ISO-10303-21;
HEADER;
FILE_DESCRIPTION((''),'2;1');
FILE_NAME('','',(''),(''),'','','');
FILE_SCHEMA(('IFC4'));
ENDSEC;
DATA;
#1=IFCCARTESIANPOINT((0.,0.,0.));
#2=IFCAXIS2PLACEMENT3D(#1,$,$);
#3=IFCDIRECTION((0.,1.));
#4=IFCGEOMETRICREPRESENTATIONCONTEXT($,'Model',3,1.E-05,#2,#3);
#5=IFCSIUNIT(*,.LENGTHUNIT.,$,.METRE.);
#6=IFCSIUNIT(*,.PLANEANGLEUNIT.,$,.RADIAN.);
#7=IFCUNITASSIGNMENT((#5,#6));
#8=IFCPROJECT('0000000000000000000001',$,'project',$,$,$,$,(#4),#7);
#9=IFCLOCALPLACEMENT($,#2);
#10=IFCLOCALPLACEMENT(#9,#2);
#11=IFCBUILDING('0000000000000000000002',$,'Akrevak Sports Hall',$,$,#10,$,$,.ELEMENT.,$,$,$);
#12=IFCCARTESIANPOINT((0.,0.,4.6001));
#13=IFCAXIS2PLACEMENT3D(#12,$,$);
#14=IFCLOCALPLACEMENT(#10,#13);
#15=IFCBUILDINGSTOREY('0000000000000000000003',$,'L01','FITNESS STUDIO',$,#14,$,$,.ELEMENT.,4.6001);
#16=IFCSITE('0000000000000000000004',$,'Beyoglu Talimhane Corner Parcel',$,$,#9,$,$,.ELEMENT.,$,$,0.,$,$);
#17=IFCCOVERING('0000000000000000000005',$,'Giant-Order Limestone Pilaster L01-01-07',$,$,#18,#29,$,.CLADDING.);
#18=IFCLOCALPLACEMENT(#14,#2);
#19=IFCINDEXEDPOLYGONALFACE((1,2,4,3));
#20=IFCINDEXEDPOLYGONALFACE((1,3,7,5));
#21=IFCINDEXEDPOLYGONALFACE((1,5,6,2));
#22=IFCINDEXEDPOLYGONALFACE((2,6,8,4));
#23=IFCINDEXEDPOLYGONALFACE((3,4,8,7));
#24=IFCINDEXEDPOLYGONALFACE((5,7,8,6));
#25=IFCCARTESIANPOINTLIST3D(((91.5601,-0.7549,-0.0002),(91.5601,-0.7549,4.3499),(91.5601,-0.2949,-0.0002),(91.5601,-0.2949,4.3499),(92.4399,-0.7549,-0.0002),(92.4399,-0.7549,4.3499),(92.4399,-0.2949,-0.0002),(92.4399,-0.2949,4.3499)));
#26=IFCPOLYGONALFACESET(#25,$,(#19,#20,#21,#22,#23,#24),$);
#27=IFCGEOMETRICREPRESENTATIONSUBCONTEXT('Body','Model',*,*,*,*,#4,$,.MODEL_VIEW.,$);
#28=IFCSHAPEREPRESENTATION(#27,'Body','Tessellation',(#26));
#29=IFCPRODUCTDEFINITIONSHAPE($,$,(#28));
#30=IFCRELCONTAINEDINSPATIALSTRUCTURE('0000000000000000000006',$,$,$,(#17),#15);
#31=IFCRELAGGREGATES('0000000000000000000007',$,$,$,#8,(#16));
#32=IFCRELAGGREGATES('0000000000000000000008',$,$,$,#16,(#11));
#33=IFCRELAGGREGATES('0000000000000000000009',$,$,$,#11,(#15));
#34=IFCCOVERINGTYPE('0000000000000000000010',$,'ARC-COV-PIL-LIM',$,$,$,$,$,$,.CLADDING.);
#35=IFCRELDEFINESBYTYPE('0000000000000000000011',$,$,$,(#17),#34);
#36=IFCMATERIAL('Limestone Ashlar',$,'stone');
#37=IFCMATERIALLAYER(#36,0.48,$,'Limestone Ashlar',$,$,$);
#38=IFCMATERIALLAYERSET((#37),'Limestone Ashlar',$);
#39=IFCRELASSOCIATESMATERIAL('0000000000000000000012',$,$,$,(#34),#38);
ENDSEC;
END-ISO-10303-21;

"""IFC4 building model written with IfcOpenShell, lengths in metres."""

from ifc_helpers import new_model, si_unit, direction, frame, origin, origin_2d, place, context, subcontext, project, spatial, rectangle, extrude, material, layer, layer_set, type_object, element, save


model = new_model("IFC4")

# Units and contexts
model_context = context("Model", 3, precision=1e-05, world=origin(), true_north=direction((0.0, 1.0)))
body_context = subcontext(model_context, "Body", "Model", "MODEL_VIEW")
ifc_project = project(units=[si_unit("LENGTHUNIT", "METRE"), si_unit("PLANEANGLEUNIT", "RADIAN")], contexts=[model_context])

# Site, building, storey
site_placement = place(None, origin())
site = spatial("IfcSite", under=ifc_project, at=site_placement, Name="Beyoglu Talimhane Corner Parcel", CompositionType="ELEMENT", RefElevation=0.0)
building_placement = place(site_placement, origin())
building = spatial("IfcBuilding", under=site, at=building_placement, Name="Akrevak Sports Hall", CompositionType="ELEMENT")
storey_placement = place(building_placement, frame((0.0, 0.0, 4.6001)))
storey = spatial("IfcBuildingStorey", under=building, at=storey_placement, Name="L01", Description="FITNESS STUDIO", CompositionType="ELEMENT", Elevation=4.6001)

# Shared definitions
ifc_material_1 = material(Name="Limestone Ashlar", Category="stone")

# Covering
ifc_layer_1 = layer(ifc_material_1, 0.48, Name="Limestone Ashlar")
ifc_layer_set_1 = layer_set([ifc_layer_1], Name="Limestone Ashlar")
covering_type_1 = type_object("IfcCoveringType", Name="ARC-COV-PIL-LIM", PredefinedType="CLADDING", material=ifc_layer_set_1)
for number, where, z_axis, x_axis, name in (
    (1, (92.0, -0.5249, -0.0002), (0.0, 0.0, 1.0), (1.0, 0.0, 0.0), "Giant-Order Limestone Pilaster L01-01-07"),
):
    element("IfcCovering", number, at=place(storey_placement, frame(where, z_axis=z_axis, x_axis=x_axis)), inside=storey, type_object=covering_type_1, Name=name, PredefinedType="CLADDING", context=body_context, shape_type="SweptSolid", body=[
        extrude(rectangle(XDim=0.8799, YDim=0.46, at=origin_2d()), origin(), (0.0, 0.0, 1.0), 4.3501),
    ])

save(model, "model.ifc")
